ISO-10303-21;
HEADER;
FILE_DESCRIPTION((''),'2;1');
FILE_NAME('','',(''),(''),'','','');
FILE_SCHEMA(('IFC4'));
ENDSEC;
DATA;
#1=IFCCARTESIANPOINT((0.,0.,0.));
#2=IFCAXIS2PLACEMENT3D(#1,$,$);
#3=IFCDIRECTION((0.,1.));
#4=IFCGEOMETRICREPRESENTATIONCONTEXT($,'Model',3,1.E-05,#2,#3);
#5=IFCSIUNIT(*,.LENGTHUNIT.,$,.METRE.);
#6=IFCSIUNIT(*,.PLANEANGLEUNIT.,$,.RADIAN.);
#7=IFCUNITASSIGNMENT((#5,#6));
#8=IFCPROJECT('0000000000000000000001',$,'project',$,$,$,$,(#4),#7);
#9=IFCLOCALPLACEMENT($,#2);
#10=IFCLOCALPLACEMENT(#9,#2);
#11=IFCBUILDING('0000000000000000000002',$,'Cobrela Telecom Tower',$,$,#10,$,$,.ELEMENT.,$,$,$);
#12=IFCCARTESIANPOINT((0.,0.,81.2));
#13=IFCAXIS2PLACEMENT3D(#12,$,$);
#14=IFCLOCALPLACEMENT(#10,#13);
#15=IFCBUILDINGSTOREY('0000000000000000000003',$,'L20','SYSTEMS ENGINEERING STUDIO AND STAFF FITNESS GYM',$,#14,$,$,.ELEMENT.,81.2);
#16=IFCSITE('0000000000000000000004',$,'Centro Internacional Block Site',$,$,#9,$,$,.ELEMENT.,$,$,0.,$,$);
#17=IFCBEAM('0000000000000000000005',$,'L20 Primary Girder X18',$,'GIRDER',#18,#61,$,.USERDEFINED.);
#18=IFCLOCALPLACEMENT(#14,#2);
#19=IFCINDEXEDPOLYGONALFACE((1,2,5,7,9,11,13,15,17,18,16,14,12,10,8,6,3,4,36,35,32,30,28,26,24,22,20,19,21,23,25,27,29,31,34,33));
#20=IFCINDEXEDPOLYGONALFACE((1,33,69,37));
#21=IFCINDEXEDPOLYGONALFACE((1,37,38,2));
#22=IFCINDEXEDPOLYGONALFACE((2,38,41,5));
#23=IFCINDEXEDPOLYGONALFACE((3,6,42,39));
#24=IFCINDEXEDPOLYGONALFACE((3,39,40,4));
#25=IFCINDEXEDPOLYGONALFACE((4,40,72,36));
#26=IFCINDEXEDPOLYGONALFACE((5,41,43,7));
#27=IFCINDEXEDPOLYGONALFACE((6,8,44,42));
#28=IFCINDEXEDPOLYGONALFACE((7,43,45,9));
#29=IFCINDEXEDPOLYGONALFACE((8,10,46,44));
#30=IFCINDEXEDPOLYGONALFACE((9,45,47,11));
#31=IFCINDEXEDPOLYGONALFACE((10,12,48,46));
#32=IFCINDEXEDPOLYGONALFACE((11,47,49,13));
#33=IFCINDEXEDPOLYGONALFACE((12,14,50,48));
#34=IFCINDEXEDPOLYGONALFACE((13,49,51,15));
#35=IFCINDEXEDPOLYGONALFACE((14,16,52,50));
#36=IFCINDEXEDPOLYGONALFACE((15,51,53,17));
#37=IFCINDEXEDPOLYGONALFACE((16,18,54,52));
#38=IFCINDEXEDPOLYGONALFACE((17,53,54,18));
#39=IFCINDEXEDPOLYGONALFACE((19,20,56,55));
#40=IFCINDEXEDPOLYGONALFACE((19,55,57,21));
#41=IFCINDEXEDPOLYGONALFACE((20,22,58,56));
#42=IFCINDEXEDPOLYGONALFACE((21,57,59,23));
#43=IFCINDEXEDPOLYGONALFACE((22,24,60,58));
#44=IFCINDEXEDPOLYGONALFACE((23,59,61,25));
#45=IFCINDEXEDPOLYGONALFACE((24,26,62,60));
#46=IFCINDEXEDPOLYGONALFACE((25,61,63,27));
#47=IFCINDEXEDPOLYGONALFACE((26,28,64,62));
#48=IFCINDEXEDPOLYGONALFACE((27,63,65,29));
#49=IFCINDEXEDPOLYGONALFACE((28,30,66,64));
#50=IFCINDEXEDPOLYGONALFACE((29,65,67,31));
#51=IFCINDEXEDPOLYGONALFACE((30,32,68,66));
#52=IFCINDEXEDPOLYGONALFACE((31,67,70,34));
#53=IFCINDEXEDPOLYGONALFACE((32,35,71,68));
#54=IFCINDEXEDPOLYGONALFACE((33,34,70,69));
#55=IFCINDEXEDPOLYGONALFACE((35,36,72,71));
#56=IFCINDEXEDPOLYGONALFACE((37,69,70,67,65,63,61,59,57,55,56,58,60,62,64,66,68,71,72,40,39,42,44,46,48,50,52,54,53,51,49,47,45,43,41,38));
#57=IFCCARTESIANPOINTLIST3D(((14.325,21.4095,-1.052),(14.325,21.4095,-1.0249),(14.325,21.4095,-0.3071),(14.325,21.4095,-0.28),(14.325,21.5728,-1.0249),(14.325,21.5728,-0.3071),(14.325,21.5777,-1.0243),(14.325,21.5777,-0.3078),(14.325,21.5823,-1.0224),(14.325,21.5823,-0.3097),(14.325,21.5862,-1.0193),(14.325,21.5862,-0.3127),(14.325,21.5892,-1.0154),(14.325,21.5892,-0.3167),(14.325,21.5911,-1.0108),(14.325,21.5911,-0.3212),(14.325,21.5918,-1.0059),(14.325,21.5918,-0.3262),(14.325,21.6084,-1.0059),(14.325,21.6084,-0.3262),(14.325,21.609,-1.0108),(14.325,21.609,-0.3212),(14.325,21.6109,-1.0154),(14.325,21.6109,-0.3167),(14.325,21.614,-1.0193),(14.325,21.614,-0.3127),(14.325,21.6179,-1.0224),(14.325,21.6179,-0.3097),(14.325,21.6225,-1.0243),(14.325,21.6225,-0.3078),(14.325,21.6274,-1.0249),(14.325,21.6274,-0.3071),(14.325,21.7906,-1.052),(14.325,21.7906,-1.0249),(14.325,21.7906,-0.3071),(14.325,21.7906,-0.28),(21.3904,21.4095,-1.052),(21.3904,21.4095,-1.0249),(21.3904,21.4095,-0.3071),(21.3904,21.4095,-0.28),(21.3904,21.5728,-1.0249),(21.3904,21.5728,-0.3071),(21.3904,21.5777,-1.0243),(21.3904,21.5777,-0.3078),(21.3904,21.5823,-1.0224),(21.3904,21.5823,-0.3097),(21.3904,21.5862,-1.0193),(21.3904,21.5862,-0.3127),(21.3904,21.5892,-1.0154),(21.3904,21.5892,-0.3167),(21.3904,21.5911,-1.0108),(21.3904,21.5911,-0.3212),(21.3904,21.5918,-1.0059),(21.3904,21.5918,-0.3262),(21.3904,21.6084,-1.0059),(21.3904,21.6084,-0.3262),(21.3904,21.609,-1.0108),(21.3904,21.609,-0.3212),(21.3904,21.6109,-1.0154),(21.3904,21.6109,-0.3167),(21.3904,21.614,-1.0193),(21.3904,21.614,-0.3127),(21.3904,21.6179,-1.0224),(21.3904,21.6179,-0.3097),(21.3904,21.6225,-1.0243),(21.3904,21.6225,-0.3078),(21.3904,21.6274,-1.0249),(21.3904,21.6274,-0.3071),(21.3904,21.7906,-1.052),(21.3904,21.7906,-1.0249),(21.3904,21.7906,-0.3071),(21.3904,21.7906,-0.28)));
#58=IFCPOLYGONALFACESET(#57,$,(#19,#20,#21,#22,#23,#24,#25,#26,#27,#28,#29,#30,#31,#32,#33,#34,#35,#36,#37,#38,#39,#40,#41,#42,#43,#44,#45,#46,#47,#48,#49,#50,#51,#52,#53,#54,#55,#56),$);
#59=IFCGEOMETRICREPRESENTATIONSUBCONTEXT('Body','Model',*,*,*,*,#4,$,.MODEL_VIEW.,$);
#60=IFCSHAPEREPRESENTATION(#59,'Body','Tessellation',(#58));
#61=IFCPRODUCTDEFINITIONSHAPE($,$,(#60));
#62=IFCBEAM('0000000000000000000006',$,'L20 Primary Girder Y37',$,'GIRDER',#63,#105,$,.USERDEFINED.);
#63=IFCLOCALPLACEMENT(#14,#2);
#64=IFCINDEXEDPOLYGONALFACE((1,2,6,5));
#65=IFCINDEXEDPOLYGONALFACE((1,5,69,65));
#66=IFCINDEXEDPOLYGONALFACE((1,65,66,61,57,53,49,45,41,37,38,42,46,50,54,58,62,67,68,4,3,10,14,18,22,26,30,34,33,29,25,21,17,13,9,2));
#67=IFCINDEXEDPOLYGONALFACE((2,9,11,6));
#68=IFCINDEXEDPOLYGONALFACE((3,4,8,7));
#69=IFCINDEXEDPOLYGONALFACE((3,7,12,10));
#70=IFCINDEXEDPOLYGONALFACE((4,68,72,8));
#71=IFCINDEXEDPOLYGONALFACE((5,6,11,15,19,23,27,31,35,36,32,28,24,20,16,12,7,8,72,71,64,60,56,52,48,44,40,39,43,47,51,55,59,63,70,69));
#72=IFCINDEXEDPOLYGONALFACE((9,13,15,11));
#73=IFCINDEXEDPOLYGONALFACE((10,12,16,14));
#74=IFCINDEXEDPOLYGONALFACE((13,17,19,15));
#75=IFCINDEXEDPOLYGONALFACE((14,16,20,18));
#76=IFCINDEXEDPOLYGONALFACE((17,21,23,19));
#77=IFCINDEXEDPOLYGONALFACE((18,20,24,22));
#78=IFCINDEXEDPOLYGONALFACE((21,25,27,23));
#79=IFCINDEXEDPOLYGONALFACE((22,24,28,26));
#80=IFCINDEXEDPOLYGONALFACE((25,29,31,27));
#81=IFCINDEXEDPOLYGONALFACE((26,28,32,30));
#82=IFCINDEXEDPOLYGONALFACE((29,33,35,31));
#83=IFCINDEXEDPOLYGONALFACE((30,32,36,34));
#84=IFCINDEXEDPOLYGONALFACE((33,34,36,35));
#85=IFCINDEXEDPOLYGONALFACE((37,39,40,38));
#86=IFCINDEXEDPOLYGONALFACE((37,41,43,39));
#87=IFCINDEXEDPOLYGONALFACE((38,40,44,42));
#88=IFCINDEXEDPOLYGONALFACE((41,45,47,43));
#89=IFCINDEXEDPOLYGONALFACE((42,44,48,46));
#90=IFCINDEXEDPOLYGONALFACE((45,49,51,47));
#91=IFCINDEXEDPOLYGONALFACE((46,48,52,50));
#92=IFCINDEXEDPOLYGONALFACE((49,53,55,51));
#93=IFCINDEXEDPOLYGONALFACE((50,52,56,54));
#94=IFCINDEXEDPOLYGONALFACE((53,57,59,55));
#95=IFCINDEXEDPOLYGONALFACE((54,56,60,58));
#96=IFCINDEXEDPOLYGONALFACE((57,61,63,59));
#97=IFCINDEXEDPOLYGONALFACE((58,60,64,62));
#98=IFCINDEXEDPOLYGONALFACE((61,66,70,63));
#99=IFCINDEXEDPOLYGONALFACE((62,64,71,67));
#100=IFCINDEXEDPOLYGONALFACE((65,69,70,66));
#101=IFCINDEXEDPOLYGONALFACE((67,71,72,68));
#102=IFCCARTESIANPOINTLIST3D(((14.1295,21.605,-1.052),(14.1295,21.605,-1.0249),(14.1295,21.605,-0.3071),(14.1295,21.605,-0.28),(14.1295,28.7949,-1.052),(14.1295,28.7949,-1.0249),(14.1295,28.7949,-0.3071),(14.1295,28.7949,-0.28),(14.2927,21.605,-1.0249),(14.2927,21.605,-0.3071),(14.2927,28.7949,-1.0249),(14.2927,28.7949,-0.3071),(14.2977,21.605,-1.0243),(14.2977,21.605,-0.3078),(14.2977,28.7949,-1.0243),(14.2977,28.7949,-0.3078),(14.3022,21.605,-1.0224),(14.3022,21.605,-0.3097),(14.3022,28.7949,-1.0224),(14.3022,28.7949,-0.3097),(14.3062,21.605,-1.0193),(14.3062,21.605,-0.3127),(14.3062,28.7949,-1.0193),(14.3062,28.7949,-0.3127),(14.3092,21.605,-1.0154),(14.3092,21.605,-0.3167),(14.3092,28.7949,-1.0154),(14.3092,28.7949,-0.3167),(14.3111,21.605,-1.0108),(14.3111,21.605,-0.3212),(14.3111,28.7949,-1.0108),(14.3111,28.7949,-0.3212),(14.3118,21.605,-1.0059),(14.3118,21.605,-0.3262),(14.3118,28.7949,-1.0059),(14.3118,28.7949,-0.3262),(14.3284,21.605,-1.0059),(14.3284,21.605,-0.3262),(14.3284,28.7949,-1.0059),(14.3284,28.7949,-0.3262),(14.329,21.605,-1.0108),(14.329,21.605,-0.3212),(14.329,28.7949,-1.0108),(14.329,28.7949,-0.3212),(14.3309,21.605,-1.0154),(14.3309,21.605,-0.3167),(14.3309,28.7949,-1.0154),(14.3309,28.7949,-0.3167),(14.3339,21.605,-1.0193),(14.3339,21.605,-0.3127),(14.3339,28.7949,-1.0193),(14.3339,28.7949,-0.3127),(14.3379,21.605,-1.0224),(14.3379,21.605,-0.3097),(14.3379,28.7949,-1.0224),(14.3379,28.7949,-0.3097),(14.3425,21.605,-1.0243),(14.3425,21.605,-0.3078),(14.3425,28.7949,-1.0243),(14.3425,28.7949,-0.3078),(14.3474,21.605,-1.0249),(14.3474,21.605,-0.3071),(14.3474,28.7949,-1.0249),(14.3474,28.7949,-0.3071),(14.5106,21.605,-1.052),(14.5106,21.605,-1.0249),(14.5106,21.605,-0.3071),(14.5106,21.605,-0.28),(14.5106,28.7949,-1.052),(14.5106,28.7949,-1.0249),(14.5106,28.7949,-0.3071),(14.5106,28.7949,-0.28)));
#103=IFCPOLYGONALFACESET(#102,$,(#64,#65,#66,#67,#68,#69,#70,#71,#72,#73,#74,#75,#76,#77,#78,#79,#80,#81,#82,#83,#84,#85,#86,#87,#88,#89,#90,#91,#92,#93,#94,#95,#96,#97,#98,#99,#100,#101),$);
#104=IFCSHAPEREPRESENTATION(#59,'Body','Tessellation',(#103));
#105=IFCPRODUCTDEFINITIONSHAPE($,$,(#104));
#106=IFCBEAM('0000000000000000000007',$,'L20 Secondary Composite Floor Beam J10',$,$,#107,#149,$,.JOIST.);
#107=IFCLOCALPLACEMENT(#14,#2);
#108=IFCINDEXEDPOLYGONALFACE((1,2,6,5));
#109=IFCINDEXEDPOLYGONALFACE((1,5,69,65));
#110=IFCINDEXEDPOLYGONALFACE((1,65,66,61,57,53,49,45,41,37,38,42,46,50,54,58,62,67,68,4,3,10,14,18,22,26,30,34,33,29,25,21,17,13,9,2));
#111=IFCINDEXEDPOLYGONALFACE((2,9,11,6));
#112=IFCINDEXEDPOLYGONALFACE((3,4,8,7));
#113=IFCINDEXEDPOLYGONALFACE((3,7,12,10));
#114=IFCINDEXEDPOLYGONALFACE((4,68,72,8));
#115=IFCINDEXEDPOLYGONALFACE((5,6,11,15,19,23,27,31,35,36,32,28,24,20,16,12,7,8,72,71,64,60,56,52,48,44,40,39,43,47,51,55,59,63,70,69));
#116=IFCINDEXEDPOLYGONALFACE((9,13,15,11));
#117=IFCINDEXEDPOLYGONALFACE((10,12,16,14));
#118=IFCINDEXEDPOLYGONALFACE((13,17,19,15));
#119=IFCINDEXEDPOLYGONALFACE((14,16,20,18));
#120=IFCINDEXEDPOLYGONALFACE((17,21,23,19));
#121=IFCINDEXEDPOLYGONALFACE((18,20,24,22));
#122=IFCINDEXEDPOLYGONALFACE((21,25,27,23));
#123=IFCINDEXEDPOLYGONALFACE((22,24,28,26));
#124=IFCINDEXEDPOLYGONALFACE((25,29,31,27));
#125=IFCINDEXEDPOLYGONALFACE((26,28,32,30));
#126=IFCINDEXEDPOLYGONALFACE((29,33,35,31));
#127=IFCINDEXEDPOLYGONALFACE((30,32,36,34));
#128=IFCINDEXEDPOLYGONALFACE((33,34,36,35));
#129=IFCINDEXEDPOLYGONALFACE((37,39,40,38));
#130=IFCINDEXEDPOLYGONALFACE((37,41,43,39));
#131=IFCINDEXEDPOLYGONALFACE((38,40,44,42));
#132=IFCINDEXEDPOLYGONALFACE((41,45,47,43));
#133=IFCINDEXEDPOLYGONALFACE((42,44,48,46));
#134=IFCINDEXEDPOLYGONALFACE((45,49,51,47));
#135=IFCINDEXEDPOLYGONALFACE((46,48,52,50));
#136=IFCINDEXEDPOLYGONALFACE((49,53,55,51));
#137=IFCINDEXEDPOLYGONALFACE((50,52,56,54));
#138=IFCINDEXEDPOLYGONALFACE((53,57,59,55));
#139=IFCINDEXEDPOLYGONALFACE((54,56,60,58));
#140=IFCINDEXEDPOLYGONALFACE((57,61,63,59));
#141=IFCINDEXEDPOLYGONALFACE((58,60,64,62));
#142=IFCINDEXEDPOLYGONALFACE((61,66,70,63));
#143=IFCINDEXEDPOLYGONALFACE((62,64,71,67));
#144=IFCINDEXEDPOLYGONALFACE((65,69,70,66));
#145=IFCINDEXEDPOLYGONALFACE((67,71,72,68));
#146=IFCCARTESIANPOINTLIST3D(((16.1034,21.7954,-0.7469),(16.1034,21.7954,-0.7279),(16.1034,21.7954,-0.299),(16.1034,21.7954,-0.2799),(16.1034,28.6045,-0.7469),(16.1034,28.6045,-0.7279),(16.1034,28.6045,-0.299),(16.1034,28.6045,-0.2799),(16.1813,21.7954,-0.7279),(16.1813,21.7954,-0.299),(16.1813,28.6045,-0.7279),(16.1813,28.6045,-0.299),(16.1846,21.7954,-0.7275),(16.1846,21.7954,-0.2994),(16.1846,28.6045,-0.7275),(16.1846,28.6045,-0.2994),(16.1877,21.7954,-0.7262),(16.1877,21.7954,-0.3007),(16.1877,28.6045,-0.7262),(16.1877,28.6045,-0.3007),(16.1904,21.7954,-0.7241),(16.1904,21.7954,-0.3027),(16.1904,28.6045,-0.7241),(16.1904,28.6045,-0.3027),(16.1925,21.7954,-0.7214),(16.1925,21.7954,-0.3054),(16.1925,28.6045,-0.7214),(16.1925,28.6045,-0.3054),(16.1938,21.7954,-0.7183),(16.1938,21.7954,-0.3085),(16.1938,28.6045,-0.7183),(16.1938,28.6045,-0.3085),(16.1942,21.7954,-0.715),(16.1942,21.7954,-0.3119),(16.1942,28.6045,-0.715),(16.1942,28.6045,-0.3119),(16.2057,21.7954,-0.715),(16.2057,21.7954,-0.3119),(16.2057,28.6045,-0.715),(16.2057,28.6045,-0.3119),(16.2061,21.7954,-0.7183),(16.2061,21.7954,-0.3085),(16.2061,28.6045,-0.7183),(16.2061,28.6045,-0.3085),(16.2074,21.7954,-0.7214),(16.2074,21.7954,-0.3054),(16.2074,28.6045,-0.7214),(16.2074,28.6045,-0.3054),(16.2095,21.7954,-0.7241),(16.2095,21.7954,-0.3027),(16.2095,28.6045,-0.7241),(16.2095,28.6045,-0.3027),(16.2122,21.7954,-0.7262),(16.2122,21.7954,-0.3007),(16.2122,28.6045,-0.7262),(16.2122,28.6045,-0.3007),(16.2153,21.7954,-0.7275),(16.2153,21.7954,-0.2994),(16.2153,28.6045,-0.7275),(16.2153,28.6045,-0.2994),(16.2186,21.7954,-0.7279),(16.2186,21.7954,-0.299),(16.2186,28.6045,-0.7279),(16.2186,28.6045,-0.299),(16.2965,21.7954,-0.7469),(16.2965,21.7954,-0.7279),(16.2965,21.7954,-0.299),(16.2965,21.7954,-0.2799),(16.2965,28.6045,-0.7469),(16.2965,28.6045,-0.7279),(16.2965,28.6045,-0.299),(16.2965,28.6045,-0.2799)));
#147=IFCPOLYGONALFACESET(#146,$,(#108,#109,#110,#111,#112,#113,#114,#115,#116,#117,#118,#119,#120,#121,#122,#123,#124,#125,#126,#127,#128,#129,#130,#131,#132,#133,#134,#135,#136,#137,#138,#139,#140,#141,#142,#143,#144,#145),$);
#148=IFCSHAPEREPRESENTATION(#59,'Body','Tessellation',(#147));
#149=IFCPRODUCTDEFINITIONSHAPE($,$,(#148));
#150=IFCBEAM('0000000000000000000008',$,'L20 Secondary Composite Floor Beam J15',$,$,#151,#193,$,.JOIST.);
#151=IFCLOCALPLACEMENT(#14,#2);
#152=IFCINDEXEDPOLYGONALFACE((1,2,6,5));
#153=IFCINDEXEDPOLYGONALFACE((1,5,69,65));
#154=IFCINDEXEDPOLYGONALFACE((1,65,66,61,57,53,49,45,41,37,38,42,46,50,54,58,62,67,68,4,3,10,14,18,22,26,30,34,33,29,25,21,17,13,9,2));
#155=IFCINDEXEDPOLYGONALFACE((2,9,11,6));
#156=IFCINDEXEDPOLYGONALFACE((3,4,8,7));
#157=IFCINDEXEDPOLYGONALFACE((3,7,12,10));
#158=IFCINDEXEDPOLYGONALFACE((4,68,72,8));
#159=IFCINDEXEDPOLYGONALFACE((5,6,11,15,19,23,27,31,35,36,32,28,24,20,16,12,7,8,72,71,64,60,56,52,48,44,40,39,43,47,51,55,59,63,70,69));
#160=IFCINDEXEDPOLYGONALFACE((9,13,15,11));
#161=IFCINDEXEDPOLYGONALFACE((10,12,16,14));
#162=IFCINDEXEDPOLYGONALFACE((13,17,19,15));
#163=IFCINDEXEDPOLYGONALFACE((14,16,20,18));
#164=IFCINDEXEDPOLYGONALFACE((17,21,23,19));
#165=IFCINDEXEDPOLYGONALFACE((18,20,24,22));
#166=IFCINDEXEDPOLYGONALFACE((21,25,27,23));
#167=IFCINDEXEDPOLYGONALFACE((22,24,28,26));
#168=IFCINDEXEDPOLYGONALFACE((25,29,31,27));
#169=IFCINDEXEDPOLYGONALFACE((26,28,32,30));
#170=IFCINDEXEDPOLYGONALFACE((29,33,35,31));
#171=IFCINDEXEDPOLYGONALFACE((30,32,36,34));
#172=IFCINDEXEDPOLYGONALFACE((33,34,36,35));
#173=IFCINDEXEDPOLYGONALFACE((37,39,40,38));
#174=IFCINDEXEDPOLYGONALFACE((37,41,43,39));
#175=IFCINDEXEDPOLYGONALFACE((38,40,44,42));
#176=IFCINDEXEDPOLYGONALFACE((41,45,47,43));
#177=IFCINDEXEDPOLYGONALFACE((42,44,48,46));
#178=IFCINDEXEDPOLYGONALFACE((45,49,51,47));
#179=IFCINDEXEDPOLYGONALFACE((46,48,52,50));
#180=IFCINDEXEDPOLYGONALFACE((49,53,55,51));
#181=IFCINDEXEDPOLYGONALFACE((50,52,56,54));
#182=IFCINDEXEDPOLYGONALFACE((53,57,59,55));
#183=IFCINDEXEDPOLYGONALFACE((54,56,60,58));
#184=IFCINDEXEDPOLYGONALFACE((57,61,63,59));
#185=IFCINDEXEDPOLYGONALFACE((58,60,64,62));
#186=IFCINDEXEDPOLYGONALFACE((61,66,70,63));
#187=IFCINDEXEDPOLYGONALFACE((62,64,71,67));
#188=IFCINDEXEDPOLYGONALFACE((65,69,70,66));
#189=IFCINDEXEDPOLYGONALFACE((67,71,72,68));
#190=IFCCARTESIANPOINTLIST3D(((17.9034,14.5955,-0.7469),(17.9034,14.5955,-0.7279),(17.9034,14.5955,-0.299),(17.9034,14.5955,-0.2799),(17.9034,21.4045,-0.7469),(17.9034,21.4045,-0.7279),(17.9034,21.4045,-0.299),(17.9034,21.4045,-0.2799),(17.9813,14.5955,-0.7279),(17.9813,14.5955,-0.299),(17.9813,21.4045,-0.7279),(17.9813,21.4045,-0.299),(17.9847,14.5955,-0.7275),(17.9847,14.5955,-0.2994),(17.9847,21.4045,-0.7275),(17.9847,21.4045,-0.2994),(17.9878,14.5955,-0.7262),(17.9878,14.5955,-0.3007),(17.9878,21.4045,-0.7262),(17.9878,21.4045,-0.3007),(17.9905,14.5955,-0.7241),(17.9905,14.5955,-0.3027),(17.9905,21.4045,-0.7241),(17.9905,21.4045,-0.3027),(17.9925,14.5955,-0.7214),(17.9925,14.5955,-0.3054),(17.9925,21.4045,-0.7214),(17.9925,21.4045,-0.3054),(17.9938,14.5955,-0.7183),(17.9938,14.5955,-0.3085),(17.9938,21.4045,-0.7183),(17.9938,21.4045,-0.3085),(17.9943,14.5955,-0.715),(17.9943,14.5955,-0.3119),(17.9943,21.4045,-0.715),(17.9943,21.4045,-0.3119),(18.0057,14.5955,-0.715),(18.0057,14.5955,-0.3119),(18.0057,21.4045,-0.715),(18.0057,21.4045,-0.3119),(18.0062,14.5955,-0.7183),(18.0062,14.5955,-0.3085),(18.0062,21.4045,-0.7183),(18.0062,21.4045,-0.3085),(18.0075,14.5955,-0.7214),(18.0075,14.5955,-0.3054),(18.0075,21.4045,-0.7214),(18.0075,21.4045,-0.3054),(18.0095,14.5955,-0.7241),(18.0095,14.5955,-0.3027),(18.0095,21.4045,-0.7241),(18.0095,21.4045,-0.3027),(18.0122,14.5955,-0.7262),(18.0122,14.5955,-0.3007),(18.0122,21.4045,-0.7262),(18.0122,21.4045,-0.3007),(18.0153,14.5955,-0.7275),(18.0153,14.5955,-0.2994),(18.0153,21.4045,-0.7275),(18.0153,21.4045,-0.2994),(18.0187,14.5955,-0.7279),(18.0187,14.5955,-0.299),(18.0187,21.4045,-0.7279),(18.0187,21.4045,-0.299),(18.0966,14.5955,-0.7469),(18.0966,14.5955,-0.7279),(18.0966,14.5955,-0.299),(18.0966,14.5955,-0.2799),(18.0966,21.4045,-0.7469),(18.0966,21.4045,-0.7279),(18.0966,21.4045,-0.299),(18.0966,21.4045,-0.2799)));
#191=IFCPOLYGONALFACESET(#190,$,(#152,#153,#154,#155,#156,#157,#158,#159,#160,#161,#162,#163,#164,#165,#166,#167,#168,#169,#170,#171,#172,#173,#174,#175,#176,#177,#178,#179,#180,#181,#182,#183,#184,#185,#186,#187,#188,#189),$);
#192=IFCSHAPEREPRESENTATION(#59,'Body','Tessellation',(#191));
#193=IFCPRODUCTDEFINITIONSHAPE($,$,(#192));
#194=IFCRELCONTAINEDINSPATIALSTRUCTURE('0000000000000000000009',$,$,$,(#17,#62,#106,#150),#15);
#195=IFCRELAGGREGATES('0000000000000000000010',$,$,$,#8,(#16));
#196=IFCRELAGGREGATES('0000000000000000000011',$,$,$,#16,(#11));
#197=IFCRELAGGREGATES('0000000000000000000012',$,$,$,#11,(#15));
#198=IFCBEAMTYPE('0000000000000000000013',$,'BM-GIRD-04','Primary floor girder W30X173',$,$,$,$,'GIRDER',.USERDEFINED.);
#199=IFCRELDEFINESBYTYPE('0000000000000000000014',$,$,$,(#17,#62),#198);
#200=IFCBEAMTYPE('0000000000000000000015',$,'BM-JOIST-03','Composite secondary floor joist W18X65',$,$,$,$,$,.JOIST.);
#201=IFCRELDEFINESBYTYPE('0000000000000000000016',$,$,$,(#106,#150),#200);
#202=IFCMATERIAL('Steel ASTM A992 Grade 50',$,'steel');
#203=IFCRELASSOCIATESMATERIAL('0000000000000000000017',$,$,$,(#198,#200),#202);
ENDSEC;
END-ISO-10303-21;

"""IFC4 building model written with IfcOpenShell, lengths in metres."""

from ifc_helpers import new_model, si_unit, direction, frame, origin, origin_2d, place, context, subcontext, project, spatial, i_section, extrude, material, material_profile, profile_set, type_object, element, save


model = new_model("IFC4")

# Units and contexts
model_context = context("Model", 3, precision=1e-05, world=origin(), true_north=direction((0.0, 1.0)))
body_context = subcontext(model_context, "Body", "Model", "MODEL_VIEW")
ifc_project = project(units=[si_unit("LENGTHUNIT", "METRE"), si_unit("PLANEANGLEUNIT", "RADIAN")], contexts=[model_context])

# Site, building, storey
site_placement = place(None, origin())
site = spatial("IfcSite", under=ifc_project, at=site_placement, Name="Centro Internacional Block Site", CompositionType="ELEMENT", RefElevation=0.0)
building_placement = place(site_placement, origin())
building = spatial("IfcBuilding", under=site, at=building_placement, Name="Cobrela Telecom Tower", CompositionType="ELEMENT")
storey_placement = place(building_placement, frame((0.0, 0.0, 81.2)))
storey = spatial("IfcBuildingStorey", under=building, at=storey_placement, Name="L20", Description="SYSTEMS ENGINEERING STUDIO AND STAFF FITNESS GYM", CompositionType="ELEMENT", Elevation=81.2)

# Beams
ifc_material_1 = material(Name="Steel ASTM A992 Grade 50", Category="steel")
ifc_material_profile_1 = material_profile(ifc_material_1, i_section(OverallWidth=0.3811, OverallDepth=0.772, WebThickness=0.0166, FlangeThickness=0.0271, FilletRadius=0.019, at=origin_2d()), Name="W30X173")
ifc_profile_set_1 = profile_set([ifc_material_profile_1], Name="Steel ASTM A992 Grade 50")
beam_type_1 = type_object("IfcBeamType", Name="BM-GIRD-04", Description="Primary floor girder W30X173", ElementType="GIRDER", PredefinedType="USERDEFINED", material=ifc_profile_set_1)
beam_1_placement = place(storey_placement, frame((14.325, 21.6001, -0.666), z_axis=(1.0, 0.0, 0.0), x_axis=(0.0, 1.0, 0.0)))
element("IfcBeam", 1, at=beam_1_placement, inside=storey, type_object=beam_type_1, Name="L20 Primary Girder X18", ObjectType="GIRDER", PredefinedType="USERDEFINED", context=body_context, shape_type="SweptSolid", body=[
    extrude(i_section(OverallWidth=0.3811, OverallDepth=0.772, WebThickness=0.0166, FlangeThickness=0.0271, FilletRadius=0.019, at=origin_2d()), origin(), (0.0, 0.0, 1.0), 7.0654),
])
beam_2_placement = place(storey_placement, frame((14.3201, 21.605, -0.666), z_axis=(0.0, 1.0, 0.0), x_axis=(-1.0, 0.0, 0.0)))
element("IfcBeam", 2, at=beam_2_placement, inside=storey, type_object=beam_type_1, Name="L20 Primary Girder Y37", ObjectType="GIRDER", PredefinedType="USERDEFINED", context=body_context, shape_type="SweptSolid", body=[
    extrude(i_section(OverallWidth=0.3811, OverallDepth=0.772, WebThickness=0.0166, FlangeThickness=0.0271, FilletRadius=0.019, at=origin_2d()), origin(), (0.0, 0.0, 1.0), 7.1899),
])
ifc_material_profile_2 = material_profile(ifc_material_1, i_section(OverallWidth=0.1931, OverallDepth=0.467, WebThickness=0.0115, FlangeThickness=0.019, FilletRadius=0.0129, at=origin_2d()), Name="W18X65")
ifc_profile_set_2 = profile_set([ifc_material_profile_2], Name="Steel ASTM A992 Grade 50")
beam_type_2 = type_object("IfcBeamType", Name="BM-JOIST-03", Description="Composite secondary floor joist W18X65", PredefinedType="JOIST", material=ifc_profile_set_2)
for number, where, z_axis, x_axis, name in (
    (3, (16.2, 21.7954, -0.5134), (0.0, 1.0, 0.0), (-1.0, 0.0, 0.0), "L20 Secondary Composite Floor Beam J10"),
    (4, (18.0, 14.5955, -0.5134), (0.0, 1.0, 0.0), (-1.0, 0.0, 0.0), "L20 Secondary Composite Floor Beam J15"),
):
    element("IfcBeam", number, at=place(storey_placement, frame(where, z_axis=z_axis, x_axis=x_axis)), inside=storey, type_object=beam_type_2, Name=name, PredefinedType="JOIST", context=body_context, shape_type="SweptSolid", body=[
        extrude(i_section(OverallWidth=0.1931, OverallDepth=0.467, WebThickness=0.0115, FlangeThickness=0.019, FilletRadius=0.0129, at=origin_2d()), origin(), (0.0, 0.0, 1.0), 6.8091),
    ])

save(model, "model.ifc")
